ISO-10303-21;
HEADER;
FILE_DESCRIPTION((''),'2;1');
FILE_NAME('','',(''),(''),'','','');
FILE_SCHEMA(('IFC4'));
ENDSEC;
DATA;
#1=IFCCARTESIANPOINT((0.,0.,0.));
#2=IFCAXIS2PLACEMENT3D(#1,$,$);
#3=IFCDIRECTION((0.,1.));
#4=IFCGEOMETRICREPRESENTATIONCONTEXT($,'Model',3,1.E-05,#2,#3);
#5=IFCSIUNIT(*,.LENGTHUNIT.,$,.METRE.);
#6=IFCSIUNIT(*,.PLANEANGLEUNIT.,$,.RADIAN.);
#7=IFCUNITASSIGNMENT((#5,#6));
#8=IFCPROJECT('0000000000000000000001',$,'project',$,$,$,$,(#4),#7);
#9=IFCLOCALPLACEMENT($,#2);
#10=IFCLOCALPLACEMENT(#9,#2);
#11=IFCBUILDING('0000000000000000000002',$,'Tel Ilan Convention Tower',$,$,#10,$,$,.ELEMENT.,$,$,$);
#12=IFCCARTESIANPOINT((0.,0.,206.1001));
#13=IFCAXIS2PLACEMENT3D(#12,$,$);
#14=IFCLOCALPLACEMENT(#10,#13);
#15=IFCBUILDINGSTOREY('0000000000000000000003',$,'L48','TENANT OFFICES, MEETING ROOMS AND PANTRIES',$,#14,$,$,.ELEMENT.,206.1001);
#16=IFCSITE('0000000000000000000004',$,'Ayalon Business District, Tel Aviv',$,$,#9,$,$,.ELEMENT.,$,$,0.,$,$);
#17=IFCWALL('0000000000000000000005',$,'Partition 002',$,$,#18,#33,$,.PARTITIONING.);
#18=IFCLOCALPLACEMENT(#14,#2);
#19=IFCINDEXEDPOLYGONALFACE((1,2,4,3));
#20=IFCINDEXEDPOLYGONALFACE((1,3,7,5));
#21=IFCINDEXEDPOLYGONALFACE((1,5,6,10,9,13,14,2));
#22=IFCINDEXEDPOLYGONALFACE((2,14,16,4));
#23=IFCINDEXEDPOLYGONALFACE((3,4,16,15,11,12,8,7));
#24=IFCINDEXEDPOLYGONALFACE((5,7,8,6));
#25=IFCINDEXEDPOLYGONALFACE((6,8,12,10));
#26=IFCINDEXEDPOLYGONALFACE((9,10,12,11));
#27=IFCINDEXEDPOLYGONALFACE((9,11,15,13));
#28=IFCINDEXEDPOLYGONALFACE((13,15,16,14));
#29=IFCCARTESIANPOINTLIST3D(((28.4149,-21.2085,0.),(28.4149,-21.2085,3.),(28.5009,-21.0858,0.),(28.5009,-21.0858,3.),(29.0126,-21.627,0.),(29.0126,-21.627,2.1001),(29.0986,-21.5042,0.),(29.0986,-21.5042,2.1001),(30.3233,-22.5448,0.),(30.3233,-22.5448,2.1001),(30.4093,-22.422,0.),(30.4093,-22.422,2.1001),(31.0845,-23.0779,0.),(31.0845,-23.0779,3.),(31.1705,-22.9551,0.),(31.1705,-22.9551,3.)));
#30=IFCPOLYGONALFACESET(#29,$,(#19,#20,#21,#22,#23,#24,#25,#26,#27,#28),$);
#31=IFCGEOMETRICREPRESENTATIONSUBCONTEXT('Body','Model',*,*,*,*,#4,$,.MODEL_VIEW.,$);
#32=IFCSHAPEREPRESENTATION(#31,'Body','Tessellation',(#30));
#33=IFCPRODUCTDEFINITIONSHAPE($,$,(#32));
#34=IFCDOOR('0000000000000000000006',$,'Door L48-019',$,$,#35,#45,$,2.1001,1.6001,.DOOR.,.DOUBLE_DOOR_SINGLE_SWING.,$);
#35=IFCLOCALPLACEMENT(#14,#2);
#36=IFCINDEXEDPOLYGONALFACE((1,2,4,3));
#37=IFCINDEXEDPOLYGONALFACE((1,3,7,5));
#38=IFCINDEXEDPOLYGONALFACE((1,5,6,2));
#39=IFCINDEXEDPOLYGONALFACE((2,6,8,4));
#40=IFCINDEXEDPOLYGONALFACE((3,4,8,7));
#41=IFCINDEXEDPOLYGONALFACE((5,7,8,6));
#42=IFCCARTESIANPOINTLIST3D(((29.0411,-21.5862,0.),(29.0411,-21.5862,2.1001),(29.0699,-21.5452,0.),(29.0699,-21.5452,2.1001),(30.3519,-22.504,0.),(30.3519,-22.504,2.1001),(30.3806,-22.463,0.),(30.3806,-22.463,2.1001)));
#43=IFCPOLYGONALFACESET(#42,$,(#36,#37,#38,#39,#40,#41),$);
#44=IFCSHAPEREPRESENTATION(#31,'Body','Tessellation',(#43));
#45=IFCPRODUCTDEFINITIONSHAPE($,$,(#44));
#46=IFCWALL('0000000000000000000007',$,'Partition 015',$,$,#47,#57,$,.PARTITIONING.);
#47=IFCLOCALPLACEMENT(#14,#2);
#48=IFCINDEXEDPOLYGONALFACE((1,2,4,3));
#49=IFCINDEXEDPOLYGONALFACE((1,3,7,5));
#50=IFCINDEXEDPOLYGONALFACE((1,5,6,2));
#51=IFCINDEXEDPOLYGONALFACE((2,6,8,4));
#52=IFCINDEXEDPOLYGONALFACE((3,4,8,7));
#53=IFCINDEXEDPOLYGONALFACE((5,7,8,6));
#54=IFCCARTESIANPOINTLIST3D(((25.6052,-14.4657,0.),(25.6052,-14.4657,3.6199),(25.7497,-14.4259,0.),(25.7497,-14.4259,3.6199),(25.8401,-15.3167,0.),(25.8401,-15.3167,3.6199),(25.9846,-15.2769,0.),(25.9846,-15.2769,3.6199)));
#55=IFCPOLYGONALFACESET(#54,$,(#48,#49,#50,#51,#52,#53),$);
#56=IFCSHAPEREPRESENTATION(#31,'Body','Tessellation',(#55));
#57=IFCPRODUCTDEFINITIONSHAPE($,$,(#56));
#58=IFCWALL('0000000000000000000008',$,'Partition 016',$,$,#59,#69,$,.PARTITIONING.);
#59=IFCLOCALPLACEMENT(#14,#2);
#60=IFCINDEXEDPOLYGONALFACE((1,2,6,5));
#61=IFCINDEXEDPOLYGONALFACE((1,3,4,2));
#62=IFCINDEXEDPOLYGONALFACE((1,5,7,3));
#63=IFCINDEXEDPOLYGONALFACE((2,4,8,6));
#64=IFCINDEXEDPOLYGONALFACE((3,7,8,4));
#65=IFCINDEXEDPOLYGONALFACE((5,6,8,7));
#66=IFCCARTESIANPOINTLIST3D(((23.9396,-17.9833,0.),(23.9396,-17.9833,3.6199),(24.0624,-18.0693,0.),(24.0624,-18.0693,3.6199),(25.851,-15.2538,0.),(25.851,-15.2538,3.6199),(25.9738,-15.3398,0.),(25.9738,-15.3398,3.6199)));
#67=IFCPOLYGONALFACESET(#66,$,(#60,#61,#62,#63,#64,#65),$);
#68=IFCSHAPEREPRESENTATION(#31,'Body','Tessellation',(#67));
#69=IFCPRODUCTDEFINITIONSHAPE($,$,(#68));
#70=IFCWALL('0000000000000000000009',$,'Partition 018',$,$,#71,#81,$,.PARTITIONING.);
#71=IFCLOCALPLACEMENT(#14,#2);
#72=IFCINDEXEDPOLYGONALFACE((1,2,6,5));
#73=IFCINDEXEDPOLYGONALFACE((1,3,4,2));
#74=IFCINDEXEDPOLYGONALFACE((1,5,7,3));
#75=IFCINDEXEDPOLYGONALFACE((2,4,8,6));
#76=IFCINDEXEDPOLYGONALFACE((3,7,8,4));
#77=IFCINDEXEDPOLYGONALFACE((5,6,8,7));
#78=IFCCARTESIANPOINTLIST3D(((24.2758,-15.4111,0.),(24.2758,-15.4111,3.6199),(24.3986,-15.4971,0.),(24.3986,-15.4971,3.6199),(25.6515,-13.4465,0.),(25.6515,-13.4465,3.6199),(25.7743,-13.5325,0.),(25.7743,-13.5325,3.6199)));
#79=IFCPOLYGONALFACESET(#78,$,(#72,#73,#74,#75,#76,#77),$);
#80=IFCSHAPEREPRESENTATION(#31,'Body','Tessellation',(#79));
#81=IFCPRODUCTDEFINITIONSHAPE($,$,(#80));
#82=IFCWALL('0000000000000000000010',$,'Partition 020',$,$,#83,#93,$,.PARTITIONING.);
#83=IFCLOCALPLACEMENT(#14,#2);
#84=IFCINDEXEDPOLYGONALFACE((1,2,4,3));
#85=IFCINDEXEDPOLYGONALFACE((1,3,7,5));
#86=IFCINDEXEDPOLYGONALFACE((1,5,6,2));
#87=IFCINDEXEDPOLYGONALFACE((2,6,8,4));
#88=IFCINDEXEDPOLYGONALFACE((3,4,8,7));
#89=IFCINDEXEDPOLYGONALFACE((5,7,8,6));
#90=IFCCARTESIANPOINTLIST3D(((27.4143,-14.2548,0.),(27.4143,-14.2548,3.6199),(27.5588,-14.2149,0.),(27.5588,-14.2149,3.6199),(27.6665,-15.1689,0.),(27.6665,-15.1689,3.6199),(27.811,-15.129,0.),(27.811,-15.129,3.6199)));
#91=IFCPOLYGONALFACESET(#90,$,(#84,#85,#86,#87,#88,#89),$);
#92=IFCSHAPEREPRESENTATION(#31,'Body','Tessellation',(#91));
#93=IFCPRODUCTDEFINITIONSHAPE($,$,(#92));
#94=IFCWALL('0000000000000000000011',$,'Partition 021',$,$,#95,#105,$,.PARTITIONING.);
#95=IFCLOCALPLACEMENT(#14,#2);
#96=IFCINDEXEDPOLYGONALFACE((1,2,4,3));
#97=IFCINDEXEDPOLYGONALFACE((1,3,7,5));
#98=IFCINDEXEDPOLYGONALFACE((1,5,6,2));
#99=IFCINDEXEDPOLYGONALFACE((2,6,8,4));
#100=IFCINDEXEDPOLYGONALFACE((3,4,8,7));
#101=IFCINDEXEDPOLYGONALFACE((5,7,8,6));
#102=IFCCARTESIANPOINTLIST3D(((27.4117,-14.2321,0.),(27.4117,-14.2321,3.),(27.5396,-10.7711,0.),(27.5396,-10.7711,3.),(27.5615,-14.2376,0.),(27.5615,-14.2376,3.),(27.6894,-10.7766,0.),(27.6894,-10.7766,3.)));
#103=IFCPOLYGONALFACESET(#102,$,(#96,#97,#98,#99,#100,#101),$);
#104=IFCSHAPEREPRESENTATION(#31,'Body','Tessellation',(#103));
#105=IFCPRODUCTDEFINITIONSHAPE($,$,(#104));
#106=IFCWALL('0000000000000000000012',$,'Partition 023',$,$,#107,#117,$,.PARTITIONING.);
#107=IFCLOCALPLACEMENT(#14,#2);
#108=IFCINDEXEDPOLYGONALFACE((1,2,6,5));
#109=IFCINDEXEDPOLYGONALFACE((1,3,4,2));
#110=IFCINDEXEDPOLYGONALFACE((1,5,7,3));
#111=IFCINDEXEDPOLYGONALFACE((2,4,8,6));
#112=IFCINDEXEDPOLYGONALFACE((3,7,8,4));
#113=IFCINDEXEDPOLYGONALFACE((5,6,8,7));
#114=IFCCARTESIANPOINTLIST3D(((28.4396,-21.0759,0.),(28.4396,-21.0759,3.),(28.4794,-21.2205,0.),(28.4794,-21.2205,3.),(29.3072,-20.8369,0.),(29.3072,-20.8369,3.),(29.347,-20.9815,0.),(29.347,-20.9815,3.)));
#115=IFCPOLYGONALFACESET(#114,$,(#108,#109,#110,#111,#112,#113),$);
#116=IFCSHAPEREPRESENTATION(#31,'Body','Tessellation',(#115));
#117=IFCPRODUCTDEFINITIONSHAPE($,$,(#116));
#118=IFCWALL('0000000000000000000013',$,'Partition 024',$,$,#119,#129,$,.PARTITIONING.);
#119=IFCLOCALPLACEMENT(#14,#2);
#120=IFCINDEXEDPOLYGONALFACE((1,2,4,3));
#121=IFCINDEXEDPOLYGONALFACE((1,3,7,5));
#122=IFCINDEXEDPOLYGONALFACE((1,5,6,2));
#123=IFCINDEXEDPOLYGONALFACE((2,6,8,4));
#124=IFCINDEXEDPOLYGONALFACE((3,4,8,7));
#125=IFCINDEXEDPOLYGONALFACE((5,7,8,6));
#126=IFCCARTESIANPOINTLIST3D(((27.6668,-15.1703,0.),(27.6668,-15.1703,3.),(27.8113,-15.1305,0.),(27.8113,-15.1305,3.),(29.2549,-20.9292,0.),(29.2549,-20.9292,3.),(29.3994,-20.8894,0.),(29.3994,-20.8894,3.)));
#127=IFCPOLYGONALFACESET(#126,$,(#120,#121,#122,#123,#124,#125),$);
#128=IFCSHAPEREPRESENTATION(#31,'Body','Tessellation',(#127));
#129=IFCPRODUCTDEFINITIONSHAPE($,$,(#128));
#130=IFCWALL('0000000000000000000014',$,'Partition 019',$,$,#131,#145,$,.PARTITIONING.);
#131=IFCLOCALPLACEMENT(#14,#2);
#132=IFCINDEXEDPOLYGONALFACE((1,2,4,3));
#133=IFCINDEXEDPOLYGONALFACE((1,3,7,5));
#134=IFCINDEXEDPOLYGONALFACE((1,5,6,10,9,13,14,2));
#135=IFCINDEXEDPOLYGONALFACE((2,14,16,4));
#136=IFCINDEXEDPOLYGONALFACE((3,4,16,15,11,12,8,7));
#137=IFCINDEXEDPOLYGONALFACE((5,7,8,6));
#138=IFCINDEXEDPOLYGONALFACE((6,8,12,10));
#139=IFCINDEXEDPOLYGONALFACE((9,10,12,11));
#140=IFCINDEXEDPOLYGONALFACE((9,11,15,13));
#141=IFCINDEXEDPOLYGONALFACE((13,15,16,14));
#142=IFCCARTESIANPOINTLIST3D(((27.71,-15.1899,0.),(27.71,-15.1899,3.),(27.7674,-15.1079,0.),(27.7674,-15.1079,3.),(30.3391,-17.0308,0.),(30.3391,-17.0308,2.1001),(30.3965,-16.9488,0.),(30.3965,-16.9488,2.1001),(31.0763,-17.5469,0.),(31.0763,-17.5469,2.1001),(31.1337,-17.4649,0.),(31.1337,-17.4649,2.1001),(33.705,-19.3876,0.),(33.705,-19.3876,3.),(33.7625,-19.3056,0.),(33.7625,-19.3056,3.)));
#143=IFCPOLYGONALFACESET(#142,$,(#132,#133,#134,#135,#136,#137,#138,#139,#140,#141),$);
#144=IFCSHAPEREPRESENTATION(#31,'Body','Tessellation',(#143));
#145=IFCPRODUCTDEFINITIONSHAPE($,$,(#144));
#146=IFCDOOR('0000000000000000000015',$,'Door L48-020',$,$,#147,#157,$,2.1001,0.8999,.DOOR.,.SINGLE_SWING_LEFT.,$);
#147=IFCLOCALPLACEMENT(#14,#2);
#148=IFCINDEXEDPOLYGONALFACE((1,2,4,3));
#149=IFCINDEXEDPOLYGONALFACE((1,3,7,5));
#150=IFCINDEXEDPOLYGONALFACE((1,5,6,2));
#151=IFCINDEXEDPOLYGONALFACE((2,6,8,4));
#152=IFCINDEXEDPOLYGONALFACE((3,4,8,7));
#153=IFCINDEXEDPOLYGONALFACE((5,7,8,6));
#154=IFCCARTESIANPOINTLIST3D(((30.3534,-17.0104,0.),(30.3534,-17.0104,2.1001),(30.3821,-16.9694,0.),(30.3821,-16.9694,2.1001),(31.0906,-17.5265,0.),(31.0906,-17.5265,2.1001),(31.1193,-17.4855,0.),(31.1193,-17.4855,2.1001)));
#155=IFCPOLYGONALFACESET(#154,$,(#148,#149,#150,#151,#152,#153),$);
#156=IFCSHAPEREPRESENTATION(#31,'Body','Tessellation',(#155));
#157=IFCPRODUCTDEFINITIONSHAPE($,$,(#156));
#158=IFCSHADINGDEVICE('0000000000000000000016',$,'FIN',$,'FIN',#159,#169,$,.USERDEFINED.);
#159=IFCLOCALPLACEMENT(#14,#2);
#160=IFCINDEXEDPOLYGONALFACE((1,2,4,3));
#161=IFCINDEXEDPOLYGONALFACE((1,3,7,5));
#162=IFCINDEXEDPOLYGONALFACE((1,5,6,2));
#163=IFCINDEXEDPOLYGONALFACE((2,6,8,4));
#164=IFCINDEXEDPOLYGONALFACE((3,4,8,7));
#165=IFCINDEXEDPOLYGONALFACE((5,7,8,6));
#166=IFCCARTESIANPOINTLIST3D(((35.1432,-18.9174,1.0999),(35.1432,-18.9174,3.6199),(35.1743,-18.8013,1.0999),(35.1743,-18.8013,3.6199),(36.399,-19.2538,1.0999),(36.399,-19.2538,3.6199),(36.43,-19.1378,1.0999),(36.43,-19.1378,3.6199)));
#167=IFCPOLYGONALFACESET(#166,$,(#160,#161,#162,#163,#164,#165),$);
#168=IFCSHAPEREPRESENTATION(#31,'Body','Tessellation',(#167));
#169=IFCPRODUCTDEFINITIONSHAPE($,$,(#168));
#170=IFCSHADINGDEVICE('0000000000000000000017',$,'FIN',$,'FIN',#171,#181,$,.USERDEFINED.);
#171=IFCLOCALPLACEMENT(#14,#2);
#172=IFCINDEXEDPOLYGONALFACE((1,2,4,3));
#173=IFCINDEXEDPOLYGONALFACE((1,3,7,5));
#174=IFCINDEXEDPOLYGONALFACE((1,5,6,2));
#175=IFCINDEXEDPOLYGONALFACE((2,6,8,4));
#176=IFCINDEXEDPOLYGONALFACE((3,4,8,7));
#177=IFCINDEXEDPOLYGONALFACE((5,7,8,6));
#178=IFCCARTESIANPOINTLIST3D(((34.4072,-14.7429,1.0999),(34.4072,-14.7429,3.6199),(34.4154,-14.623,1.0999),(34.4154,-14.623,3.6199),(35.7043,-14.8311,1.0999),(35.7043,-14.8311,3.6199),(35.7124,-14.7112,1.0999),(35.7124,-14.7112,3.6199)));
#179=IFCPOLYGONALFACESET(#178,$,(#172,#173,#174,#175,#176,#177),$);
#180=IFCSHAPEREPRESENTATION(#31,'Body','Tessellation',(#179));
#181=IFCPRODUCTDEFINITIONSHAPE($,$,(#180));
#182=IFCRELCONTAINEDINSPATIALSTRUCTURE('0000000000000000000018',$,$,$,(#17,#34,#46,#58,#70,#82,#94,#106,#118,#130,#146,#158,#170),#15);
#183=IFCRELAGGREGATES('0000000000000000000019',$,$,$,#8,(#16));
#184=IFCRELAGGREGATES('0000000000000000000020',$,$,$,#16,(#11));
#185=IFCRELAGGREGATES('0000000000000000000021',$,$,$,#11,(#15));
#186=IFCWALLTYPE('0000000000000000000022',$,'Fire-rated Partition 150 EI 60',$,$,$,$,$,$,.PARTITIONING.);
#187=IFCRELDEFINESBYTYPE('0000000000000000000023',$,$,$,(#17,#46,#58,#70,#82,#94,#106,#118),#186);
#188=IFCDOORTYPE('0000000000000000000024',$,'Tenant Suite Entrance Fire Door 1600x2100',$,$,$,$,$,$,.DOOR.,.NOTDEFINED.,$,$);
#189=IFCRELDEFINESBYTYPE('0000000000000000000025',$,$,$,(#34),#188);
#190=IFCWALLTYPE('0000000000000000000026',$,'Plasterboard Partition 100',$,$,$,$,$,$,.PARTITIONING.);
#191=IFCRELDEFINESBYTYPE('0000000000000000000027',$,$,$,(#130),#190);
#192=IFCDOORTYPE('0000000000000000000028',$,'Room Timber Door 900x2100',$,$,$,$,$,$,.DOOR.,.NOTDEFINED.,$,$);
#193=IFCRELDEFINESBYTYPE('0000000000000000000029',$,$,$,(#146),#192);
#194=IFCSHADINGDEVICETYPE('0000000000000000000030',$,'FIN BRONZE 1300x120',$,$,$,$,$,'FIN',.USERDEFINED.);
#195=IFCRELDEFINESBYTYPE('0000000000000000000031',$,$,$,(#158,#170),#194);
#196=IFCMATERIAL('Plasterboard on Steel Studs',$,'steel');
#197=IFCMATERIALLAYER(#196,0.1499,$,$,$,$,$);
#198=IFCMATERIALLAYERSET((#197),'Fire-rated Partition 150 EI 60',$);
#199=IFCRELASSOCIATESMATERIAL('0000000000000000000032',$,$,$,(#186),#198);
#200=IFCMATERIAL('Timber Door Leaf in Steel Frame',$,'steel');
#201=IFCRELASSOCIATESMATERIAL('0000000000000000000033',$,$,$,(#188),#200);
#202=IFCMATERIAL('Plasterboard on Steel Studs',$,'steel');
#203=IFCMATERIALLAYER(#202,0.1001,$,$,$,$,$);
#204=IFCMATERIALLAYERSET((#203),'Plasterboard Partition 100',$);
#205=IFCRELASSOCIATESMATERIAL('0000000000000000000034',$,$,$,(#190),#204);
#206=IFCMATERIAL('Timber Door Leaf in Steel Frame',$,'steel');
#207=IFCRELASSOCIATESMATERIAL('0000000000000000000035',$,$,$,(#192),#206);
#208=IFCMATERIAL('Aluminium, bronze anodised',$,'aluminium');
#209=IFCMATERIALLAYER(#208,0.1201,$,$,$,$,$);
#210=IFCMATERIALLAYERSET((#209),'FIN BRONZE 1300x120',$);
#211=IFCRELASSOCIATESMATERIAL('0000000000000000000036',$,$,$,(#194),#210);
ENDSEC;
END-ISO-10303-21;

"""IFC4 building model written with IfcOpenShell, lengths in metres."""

from ifc_helpers import new_model, si_unit, direction, frame, frame_2d, origin, origin_2d, place, context, subcontext, project, spatial, rectangle, extrude, material, layer, layer_set, type_object, element, fill, save


model = new_model("IFC4")

# Units and contexts
model_context = context("Model", 3, precision=1e-05, world=origin(), true_north=direction((0.0, 1.0)))
body_context = subcontext(model_context, "Body", "Model", "MODEL_VIEW")
ifc_project = project(units=[si_unit("LENGTHUNIT", "METRE"), si_unit("PLANEANGLEUNIT", "RADIAN")], contexts=[model_context])

# Site, building, storey
site_placement = place(None, origin())
site = spatial("IfcSite", under=ifc_project, at=site_placement, Name="Ayalon Business District, Tel Aviv", CompositionType="ELEMENT", RefElevation=0.0)
building_placement = place(site_placement, origin())
building = spatial("IfcBuilding", under=site, at=building_placement, Name="Tel Ilan Convention Tower", CompositionType="ELEMENT")
storey_placement = place(building_placement, frame((0.0, 0.0, 206.1001)))
storey = spatial("IfcBuildingStorey", under=building, at=storey_placement, Name="L48", Description="TENANT OFFICES, MEETING ROOMS AND PANTRIES", CompositionType="ELEMENT", Elevation=206.1001)

# Wall, opening, door
ifc_material_1 = material(Name="Plasterboard on Steel Studs", Category="steel")
ifc_layer_1 = layer(ifc_material_1, 0.1499)
ifc_layer_set_1 = layer_set([ifc_layer_1], Name="Fire-rated Partition 150 EI 60")
wall_type_1 = type_object("IfcWallType", Name="Fire-rated Partition 150 EI 60", PredefinedType="PARTITIONING", material=ifc_layer_set_1)
wall_1_placement = place(storey_placement, frame((28.458, -21.1472, 0.0), z_axis=(0.0, 0.0, 1.0), x_axis=(0.819144, -0.573588, 0.0)))
wall_1 = element("IfcWall", 1, at=wall_1_placement, inside=storey, type_object=wall_type_1, Name="Partition 002", PredefinedType="PARTITIONING", context=body_context, shape_type="SweptSolid", body=[
    extrude(rectangle(XDim=3.259, YDim=0.1499, at=frame_2d((1.6294, 0.0))), origin(), (0.0, 0.0, 1.0), 3.0),
])
opening_1_placement = place(wall_1_placement, frame((0.7295, 0.0, 0.0)))
opening_1 = element("IfcOpeningElement", 2, at=opening_1_placement, cuts=wall_1, PredefinedType="OPENING", context=body_context, shape_type="SweptSolid", body=[
    extrude(rectangle(XDim=1.6001, YDim=2.1001, at=frame_2d((0.8, 1.05))), frame((0.0, 0.085, 0.0), z_axis=(0.0, -1.0, 0.0), x_axis=(1.0, 0.0, 0.0)), (0.0, 0.0, 1.0), 0.1699),
])
ifc_material_2 = material(Name="Timber Door Leaf in Steel Frame", Category="steel")
door_type_1 = type_object("IfcDoorType", Name="Tenant Suite Entrance Fire Door 1600x2100", OperationType="NOTDEFINED", PredefinedType="DOOR", material=ifc_material_2)
door_1_placement = place(opening_1_placement, origin())
door_1 = element("IfcDoor", 3, at=door_1_placement, inside=storey, type_object=door_type_1, Name="Door L48-019", OperationType="DOUBLE_DOOR_SINGLE_SWING", OverallHeight=2.1001, OverallWidth=1.6001, PredefinedType="DOOR", context=body_context, shape_type="SweptSolid", body=[
    extrude(rectangle(XDim=1.6001, YDim=2.1001, at=frame_2d((0.8, 1.05))), frame((0.0, 0.0249, 0.0), z_axis=(0.0, -1.0, 0.0), x_axis=(1.0, 0.0, 0.0)), (0.0, 0.0, 1.0), 0.05),
])
fill(opening_1, door_1)

# Walls
wall_2_placement = place(storey_placement, frame((25.6775, -14.4458, 0.0), z_axis=(0.0, 0.0, 1.0), x_axis=(0.266018, -0.963968, 0.0)))
element("IfcWall", 4, at=wall_2_placement, inside=storey, type_object=wall_type_1, Name="Partition 015", PredefinedType="PARTITIONING", context=body_context, shape_type="SweptSolid", body=[
    extrude(rectangle(XDim=0.8828, YDim=0.1499, at=frame_2d((0.4414, 0.0))), origin(), (0.0, 0.0, 1.0), 3.6199),
])
wall_3_placement = place(storey_placement, frame((25.9124, -15.2969, 0.0), z_axis=(0.0, 0.0, 1.0), x_axis=(-0.57361, -0.819129, 0.0)))
element("IfcWall", 5, at=wall_3_placement, inside=storey, type_object=wall_type_1, Name="Partition 016", PredefinedType="PARTITIONING", context=body_context, shape_type="SweptSolid", body=[
    extrude(rectangle(XDim=3.3323, YDim=0.1499, at=frame_2d((1.666, 0.0))), origin(), (0.0, 0.0, 1.0), 3.6199),
])
wall_4_placement = place(storey_placement, frame((24.3372, -15.4541, 0.0), z_axis=(0.0, 0.0, 1.0), x_axis=(0.573606, 0.819131, 0.0)))
element("IfcWall", 6, at=wall_4_placement, inside=storey, type_object=wall_type_1, Name="Partition 018", PredefinedType="PARTITIONING", context=body_context, shape_type="SweptSolid", body=[
    extrude(rectangle(XDim=2.3984, YDim=0.1499, at=frame_2d((1.1992, 0.0))), origin(), (0.0, 0.0, 1.0), 3.6199),
])
wall_5_placement = place(storey_placement, frame((27.7388, -15.1489, 0.0), z_axis=(0.0, 0.0, 1.0), x_axis=(-0.26597, 0.963981, 0.0)))
element("IfcWall", 7, at=wall_5_placement, inside=storey, type_object=wall_type_1, Name="Partition 020", PredefinedType="PARTITIONING", context=body_context, shape_type="SweptSolid", body=[
    extrude(rectangle(XDim=0.9482, YDim=0.1499, at=frame_2d((0.4741, 0.0))), origin(), (0.0, 0.0, 1.0), 3.6199),
])
wall_6_placement = place(storey_placement, frame((27.4866, -14.2349, 0.0), z_axis=(0.0, 0.0, 1.0), x_axis=(0.036939, 0.999318, 0.0)))
element("IfcWall", 8, at=wall_6_placement, inside=storey, type_object=wall_type_1, Name="Partition 021", PredefinedType="PARTITIONING", context=body_context, shape_type="SweptSolid", body=[
    extrude(rectangle(XDim=3.4634, YDim=0.1499, at=frame_2d((1.7317, 0.0))), origin(), (0.0, 0.0, 1.0), 3.0),
])
wall_7_placement = place(storey_placement, frame((28.4595, -21.1482, 0.0), z_axis=(0.0, 0.0, 1.0), x_axis=(0.964091, 0.265573, 0.0)))
element("IfcWall", 9, at=wall_7_placement, inside=storey, type_object=wall_type_1, Name="Partition 023", PredefinedType="PARTITIONING", context=body_context, shape_type="SweptSolid", body=[
    extrude(rectangle(XDim=0.8999, YDim=0.1499, at=frame_2d((0.45, 0.0))), origin(), (0.0, 0.0, 1.0), 3.0),
])
wall_8_placement = place(storey_placement, frame((29.3271, -20.9092, 0.0), z_axis=(0.0, 0.0, 1.0), x_axis=(-0.265852, 0.964014, 0.0)))
element("IfcWall", 10, at=wall_8_placement, inside=storey, type_object=wall_type_1, Name="Partition 024", PredefinedType="PARTITIONING", context=body_context, shape_type="SweptSolid", body=[
    extrude(rectangle(XDim=5.9739, YDim=0.1499, at=frame_2d((2.9868, 0.0))), origin(), (0.0, 0.0, 1.0), 3.0),
])

# Wall, opening, door
ifc_material_3 = material(Name="Plasterboard on Steel Studs", Category="steel")
ifc_layer_2 = layer(ifc_material_3, 0.1001)
ifc_layer_set_2 = layer_set([ifc_layer_2], Name="Plasterboard Partition 100")
wall_type_2 = type_object("IfcWallType", Name="Plasterboard Partition 100", PredefinedType="PARTITIONING", material=ifc_layer_set_2)
wall_9_placement = place(storey_placement, frame((27.7388, -15.1489, 0.0), z_axis=(0.0, 0.0, 1.0), x_axis=(0.819157, -0.57357, 0.0)))
wall_9 = element("IfcWall", 11, at=wall_9_placement, inside=storey, type_object=wall_type_2, Name="Partition 019", PredefinedType="PARTITIONING", context=body_context, shape_type="SweptSolid", body=[
    extrude(rectangle(XDim=7.3186, YDim=0.1001, at=frame_2d((3.6592, 0.0))), origin(), (0.0, 0.0, 1.0), 3.0),
])
opening_2_placement = place(wall_9_placement, frame((3.2095, 0.0, 0.0)))
opening_2 = element("IfcOpeningElement", 12, at=opening_2_placement, cuts=wall_9, PredefinedType="OPENING", context=body_context, shape_type="SweptSolid", body=[
    extrude(rectangle(XDim=0.8999, YDim=2.1001, at=frame_2d((0.45, 1.05))), frame((0.0, 0.0601, 0.0), z_axis=(0.0, -1.0, 0.0), x_axis=(1.0, 0.0, 0.0)), (0.0, 0.0, 1.0), 0.1201),
])
ifc_material_4 = material(Name="Timber Door Leaf in Steel Frame", Category="steel")
door_type_2 = type_object("IfcDoorType", Name="Room Timber Door 900x2100", OperationType="NOTDEFINED", PredefinedType="DOOR", material=ifc_material_4)
door_2_placement = place(opening_2_placement, origin())
door_2 = element("IfcDoor", 13, at=door_2_placement, inside=storey, type_object=door_type_2, Name="Door L48-020", OperationType="SINGLE_SWING_LEFT", OverallHeight=2.1001, OverallWidth=0.8999, PredefinedType="DOOR", context=body_context, shape_type="SweptSolid", body=[
    extrude(rectangle(XDim=0.8999, YDim=2.1001, at=frame_2d((0.45, 1.05))), frame((0.0, 0.0249, 0.0), z_axis=(0.0, -1.0, 0.0), x_axis=(1.0, 0.0, 0.0)), (0.0, 0.0, 1.0), 0.05),
])
fill(opening_2, door_2)

# Shading devices
ifc_material_5 = material(Name="Aluminium, bronze anodised", Category="aluminium")
ifc_layer_3 = layer(ifc_material_5, 0.1201)
ifc_layer_set_3 = layer_set([ifc_layer_3], Name="FIN BRONZE 1300x120")
shading_device_type = type_object("IfcShadingDeviceType", Name="FIN BRONZE 1300x120", ElementType="FIN", PredefinedType="USERDEFINED", material=ifc_layer_set_3)
for number, where, z_axis, x_axis, name in (
    (14, (35.7866, -19.0276, 1.0999), (0.0, 0.0, 1.0), (0.965926, -0.258819, 0.0), "FIN"),
    (15, (35.0598, -14.7271, 1.0999), (0.0, 0.0, 1.0), (0.997697, -0.067822, 0.0), "FIN"),
):
    element("IfcShadingDevice", number, at=place(storey_placement, frame(where, z_axis=z_axis, x_axis=x_axis)), inside=storey, type_object=shading_device_type, Name=name, ObjectType="FIN", PredefinedType="USERDEFINED", context=body_context, shape_type="SweptSolid", body=[
        extrude(rectangle(XDim=1.3, YDim=0.1201, at=origin_2d()), origin(), (0.0, 0.0, 1.0), 2.52),
    ])

save(model, "model.ifc")
